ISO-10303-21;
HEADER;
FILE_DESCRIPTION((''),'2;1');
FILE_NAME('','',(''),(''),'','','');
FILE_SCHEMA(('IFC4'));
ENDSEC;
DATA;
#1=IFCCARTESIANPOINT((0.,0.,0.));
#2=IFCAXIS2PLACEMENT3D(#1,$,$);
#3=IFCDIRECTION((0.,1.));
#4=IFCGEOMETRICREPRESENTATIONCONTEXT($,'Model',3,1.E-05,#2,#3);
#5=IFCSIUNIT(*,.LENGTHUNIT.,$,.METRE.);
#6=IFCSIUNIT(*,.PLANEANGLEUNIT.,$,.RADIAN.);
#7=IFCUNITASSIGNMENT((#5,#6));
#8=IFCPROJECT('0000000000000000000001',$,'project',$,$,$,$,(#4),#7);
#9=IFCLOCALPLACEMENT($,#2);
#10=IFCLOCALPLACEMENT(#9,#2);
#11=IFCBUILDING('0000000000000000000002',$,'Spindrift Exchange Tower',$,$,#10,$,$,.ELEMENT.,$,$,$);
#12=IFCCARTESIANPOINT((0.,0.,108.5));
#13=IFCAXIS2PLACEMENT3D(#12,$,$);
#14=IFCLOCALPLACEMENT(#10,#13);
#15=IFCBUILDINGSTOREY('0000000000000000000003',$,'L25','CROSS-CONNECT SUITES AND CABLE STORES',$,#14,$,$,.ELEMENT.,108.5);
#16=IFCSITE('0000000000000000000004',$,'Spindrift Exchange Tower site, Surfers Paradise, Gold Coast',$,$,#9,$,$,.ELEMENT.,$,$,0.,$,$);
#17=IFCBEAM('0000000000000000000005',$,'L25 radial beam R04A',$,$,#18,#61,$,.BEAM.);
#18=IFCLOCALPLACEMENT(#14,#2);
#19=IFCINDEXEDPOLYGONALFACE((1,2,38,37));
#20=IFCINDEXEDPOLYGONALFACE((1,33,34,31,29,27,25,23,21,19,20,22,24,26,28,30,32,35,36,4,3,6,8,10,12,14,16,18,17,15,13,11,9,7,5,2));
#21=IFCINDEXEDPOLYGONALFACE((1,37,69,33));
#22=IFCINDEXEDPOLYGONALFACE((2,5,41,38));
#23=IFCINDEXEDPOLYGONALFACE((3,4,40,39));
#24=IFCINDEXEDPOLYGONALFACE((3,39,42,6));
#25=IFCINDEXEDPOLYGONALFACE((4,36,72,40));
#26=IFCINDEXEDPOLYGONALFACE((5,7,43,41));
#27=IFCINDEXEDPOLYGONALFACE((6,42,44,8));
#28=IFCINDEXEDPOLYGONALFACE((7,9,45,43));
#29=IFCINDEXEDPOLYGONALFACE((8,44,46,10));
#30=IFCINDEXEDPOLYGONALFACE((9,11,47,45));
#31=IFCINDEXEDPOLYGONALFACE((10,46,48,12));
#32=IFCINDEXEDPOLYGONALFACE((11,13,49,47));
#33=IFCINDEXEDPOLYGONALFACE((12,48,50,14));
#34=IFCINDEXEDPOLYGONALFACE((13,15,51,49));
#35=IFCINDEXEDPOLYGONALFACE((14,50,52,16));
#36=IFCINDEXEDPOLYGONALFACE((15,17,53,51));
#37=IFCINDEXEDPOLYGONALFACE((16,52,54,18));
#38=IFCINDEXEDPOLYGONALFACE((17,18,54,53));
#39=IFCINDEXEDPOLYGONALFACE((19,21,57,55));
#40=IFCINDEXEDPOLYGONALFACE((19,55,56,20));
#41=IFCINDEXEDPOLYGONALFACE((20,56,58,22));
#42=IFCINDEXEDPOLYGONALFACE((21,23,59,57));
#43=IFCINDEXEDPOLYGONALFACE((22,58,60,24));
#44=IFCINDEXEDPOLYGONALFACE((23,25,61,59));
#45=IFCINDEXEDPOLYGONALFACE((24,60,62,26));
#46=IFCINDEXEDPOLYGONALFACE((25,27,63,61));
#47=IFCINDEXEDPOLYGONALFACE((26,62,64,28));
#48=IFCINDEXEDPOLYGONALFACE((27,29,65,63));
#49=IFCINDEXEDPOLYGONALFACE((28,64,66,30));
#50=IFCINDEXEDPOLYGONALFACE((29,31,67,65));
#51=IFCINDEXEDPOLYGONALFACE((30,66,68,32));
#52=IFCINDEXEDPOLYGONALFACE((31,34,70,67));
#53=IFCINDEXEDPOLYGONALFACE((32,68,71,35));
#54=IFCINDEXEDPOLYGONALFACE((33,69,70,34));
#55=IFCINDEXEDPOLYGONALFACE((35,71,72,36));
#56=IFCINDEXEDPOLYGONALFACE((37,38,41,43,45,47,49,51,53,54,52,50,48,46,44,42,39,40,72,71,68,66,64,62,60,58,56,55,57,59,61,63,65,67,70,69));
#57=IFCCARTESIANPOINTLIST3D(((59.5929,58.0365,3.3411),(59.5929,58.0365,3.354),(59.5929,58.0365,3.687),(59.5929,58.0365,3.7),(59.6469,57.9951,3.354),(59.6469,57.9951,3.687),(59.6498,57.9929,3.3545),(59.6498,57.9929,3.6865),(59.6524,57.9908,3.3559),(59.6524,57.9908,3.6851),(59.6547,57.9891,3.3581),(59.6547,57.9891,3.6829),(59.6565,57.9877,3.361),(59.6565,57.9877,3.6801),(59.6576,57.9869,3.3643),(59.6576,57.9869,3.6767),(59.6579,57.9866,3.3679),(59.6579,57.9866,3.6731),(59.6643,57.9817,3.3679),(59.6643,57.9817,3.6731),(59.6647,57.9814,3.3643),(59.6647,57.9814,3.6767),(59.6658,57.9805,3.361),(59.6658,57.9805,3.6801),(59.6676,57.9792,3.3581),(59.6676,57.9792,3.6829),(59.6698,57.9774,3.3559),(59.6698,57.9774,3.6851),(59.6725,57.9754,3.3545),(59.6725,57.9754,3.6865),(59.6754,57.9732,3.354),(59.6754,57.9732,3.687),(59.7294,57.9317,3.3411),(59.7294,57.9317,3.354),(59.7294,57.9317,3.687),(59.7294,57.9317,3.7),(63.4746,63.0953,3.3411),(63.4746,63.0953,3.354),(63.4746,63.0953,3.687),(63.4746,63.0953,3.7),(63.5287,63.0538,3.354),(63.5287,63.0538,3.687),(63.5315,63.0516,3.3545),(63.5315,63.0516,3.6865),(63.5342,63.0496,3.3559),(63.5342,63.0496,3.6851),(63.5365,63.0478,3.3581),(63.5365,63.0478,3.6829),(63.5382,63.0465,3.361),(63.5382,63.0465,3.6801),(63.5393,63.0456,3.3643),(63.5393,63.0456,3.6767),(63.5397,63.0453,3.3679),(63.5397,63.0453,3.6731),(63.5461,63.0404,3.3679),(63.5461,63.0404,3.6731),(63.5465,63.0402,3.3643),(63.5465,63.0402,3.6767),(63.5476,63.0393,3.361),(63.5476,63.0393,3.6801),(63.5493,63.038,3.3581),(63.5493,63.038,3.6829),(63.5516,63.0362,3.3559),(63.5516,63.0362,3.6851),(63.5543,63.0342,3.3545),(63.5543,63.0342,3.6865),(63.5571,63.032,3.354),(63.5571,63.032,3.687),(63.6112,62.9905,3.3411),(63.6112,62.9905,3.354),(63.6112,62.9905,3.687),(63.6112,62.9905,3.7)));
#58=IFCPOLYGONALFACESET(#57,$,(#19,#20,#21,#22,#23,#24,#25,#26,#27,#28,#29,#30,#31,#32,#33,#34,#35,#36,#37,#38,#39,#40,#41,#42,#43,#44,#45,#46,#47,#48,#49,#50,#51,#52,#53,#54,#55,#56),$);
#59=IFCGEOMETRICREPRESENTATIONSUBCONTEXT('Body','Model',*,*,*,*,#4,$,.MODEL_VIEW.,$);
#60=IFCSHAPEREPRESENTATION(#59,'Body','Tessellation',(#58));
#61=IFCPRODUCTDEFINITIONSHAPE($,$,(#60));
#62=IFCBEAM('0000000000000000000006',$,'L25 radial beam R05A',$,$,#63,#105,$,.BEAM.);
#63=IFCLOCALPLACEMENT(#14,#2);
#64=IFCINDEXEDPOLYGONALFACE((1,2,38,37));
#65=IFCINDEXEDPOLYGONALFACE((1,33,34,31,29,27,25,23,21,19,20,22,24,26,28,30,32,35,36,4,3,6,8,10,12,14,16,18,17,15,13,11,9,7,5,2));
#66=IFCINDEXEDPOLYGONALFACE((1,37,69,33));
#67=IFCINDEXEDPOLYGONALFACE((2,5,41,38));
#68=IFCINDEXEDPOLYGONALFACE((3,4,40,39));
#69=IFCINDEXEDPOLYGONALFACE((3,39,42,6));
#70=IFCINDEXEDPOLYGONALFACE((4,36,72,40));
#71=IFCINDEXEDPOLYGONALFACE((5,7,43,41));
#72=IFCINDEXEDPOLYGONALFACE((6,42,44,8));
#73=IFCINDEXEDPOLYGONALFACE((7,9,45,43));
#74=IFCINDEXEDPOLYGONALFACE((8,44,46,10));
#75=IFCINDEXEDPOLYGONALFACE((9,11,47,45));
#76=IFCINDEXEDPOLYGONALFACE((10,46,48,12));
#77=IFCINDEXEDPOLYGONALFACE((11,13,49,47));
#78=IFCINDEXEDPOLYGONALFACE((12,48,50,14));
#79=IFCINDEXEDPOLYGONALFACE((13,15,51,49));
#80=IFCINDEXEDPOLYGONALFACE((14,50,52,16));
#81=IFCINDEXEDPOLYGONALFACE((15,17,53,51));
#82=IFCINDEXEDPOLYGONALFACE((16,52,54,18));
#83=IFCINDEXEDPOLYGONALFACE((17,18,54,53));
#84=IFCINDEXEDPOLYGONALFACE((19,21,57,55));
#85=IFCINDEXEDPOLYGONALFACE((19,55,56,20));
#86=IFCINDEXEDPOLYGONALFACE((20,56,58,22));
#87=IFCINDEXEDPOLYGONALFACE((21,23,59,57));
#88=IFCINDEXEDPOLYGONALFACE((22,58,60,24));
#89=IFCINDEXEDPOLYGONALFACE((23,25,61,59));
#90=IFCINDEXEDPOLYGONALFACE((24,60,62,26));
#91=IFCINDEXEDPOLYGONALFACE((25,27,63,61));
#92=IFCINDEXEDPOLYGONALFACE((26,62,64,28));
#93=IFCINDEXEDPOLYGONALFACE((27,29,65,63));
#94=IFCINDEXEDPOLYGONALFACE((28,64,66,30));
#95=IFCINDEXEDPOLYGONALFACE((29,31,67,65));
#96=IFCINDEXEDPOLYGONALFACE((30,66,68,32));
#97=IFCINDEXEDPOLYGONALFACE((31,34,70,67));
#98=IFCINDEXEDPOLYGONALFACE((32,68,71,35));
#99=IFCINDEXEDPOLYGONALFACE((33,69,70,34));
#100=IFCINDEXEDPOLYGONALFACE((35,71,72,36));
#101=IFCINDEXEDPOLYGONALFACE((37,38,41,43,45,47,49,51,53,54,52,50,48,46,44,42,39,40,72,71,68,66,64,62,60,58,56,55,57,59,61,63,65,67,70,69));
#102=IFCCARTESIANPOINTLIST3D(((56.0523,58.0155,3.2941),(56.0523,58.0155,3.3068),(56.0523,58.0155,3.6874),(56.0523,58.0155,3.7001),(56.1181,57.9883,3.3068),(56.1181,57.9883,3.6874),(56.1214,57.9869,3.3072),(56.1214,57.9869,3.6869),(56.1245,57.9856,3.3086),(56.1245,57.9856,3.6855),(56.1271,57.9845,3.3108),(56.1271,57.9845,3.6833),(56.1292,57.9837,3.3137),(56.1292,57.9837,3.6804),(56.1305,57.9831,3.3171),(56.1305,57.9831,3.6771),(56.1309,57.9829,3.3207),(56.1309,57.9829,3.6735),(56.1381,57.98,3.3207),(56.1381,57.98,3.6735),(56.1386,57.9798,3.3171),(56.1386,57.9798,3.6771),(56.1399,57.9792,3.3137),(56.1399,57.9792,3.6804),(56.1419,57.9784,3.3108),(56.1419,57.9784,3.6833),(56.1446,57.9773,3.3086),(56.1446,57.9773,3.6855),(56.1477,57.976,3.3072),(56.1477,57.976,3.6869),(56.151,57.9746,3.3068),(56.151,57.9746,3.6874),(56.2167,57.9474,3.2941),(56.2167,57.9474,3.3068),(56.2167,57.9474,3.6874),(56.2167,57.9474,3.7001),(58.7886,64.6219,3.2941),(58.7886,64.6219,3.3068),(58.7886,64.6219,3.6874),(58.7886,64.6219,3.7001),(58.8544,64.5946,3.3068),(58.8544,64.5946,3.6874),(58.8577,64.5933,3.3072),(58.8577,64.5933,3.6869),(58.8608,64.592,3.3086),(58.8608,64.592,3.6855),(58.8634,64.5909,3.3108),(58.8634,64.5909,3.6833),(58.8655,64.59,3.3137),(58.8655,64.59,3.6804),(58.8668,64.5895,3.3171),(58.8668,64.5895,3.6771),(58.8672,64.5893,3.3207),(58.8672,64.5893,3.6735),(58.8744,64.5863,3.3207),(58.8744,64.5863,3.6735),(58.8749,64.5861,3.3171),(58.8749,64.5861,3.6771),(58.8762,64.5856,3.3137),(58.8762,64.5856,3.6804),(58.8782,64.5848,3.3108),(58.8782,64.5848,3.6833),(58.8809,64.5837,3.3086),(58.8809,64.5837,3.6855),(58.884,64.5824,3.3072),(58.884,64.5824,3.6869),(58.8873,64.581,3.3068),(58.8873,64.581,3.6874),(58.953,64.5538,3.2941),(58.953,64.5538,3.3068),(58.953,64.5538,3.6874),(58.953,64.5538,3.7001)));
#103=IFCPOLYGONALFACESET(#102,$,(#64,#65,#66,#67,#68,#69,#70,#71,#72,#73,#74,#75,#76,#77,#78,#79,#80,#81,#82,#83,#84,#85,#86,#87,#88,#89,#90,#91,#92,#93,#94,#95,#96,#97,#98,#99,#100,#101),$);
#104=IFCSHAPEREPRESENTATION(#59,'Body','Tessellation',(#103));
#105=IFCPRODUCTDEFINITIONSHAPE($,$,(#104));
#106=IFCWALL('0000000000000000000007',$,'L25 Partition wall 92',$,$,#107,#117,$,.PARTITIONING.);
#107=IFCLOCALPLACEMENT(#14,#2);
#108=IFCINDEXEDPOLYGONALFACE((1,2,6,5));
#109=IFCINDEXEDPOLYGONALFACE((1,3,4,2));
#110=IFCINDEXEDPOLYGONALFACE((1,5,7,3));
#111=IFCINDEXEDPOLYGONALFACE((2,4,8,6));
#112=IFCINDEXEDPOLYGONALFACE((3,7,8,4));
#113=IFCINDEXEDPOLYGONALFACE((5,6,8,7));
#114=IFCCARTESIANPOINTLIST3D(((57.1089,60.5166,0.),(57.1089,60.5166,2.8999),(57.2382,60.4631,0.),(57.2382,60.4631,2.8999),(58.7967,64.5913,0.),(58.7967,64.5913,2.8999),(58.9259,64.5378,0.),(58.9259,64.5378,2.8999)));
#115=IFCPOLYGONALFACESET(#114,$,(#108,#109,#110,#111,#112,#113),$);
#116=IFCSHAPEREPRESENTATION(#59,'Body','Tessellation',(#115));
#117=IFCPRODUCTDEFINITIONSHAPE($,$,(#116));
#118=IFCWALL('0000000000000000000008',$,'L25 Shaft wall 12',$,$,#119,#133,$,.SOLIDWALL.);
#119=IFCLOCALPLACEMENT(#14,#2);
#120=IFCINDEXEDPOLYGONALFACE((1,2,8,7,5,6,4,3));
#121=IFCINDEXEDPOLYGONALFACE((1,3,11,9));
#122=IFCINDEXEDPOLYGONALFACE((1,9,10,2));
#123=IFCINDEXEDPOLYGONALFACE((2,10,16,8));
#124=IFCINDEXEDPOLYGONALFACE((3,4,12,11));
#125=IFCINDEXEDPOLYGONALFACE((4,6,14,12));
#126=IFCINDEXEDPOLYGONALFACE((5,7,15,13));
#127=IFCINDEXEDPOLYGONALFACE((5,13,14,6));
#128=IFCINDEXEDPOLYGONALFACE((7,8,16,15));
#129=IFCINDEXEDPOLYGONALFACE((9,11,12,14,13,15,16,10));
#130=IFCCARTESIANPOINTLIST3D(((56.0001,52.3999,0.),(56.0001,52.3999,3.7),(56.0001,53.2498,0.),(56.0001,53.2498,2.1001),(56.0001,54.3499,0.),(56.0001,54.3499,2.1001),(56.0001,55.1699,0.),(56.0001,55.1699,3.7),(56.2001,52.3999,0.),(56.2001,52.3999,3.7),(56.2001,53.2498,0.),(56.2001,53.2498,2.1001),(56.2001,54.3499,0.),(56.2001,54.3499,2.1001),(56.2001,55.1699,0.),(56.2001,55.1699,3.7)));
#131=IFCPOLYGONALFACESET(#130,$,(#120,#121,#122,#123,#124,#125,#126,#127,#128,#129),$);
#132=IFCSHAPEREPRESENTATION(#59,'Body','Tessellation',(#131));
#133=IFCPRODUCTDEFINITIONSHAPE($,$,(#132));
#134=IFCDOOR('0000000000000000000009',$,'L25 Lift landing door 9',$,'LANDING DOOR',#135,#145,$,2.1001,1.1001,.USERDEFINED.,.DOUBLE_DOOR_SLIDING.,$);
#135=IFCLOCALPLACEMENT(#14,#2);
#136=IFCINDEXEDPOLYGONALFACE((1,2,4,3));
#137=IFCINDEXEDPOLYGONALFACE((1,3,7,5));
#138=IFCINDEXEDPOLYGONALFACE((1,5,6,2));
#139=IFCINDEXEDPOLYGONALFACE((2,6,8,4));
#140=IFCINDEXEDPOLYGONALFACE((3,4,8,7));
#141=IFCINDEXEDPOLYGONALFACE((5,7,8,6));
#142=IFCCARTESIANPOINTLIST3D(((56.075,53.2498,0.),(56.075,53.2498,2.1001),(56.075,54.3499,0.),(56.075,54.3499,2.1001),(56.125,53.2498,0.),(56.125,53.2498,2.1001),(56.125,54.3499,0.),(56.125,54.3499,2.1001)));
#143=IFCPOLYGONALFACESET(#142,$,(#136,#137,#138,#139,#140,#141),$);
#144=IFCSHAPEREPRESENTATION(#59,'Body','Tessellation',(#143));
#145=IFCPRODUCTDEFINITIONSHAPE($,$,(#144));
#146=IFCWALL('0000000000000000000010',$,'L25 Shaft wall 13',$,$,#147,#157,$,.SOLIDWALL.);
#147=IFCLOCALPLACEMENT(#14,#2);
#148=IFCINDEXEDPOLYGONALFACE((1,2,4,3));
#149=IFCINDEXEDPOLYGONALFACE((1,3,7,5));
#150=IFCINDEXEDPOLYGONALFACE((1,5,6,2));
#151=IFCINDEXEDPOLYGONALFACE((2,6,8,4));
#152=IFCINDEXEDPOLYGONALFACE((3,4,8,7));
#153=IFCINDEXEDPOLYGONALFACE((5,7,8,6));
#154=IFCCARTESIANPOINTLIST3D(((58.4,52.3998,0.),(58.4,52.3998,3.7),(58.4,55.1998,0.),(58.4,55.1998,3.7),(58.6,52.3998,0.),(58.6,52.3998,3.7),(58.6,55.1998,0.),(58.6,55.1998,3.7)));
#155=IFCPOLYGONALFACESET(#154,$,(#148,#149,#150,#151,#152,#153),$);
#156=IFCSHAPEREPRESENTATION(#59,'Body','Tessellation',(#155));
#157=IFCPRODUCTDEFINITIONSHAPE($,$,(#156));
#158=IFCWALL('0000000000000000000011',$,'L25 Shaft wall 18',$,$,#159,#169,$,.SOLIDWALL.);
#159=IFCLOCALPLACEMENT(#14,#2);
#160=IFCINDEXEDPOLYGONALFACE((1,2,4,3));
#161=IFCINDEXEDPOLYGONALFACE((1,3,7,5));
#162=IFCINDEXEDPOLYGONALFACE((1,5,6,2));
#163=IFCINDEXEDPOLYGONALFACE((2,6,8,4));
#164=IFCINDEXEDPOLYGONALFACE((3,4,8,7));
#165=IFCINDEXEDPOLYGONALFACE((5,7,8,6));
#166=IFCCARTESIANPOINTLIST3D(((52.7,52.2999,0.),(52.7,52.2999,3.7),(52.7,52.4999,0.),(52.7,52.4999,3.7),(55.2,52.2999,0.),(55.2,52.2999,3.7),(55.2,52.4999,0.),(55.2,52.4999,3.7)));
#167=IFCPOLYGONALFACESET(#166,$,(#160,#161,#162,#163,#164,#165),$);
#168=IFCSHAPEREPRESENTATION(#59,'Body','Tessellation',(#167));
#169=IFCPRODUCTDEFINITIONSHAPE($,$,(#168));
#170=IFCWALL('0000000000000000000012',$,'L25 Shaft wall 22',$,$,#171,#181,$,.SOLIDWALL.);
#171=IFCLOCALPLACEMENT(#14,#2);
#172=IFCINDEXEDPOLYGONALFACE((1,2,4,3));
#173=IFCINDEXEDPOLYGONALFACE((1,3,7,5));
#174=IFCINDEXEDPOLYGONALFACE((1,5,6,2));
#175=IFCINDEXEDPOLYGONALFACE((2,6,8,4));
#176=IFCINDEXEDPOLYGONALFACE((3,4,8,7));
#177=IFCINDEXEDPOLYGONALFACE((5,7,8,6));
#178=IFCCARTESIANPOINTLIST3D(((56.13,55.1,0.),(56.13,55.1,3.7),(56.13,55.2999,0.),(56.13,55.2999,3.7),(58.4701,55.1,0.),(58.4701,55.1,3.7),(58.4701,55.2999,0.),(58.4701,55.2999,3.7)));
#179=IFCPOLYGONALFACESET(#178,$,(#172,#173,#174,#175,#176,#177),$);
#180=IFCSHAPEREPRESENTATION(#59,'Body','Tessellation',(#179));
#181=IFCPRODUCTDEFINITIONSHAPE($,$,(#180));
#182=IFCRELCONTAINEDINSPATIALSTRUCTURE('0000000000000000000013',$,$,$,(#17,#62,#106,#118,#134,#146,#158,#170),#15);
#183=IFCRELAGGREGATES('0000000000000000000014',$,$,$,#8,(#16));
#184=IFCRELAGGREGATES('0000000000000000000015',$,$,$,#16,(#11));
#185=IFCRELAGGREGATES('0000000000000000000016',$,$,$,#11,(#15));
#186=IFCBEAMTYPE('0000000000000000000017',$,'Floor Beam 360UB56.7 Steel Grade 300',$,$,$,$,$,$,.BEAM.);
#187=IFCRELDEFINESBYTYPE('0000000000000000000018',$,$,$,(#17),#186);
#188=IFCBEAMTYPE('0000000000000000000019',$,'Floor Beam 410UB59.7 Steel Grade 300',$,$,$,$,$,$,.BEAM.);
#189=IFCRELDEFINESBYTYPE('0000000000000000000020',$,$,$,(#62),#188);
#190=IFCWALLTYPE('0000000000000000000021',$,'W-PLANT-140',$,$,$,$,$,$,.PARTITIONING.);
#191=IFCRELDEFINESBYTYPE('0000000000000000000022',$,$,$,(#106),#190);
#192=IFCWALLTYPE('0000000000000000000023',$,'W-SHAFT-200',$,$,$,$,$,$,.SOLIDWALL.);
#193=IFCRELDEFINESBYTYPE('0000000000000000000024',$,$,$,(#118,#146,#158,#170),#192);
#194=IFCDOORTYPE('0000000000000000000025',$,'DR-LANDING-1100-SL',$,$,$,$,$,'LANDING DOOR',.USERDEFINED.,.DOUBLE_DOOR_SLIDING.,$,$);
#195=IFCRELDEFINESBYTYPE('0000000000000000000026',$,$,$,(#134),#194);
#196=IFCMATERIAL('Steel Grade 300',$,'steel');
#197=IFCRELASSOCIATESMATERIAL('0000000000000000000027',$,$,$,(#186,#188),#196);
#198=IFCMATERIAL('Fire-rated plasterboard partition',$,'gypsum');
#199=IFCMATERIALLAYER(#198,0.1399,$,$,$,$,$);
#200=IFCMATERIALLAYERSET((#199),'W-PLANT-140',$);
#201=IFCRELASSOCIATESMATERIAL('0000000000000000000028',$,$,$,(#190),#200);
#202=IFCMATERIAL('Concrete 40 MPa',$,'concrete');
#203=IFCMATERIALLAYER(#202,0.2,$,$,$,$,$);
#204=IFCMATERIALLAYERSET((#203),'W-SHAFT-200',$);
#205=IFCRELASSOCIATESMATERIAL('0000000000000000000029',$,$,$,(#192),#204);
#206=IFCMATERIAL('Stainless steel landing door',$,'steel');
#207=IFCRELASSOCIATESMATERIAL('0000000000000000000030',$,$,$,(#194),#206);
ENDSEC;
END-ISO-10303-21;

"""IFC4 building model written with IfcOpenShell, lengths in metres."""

from ifc_helpers import new_model, si_unit, direction, frame, frame_2d, origin, origin_2d, place, context, subcontext, project, spatial, rectangle, i_section, extrude, source, transform, mapped, material, layer, layer_set, material_profile, profile_set, type_object, element, fill, save


model = new_model("IFC4")

# Units and contexts
model_context = context("Model", 3, precision=1e-05, world=origin(), true_north=direction((0.0, 1.0)))
body_context = subcontext(model_context, "Body", "Model", "MODEL_VIEW")
ifc_project = project(units=[si_unit("LENGTHUNIT", "METRE"), si_unit("PLANEANGLEUNIT", "RADIAN")], contexts=[model_context])

# Site, building, storey
site_placement = place(None, origin())
site = spatial("IfcSite", under=ifc_project, at=site_placement, Name="Spindrift Exchange Tower site, Surfers Paradise, Gold Coast", CompositionType="ELEMENT", RefElevation=0.0)
building_placement = place(site_placement, origin())
building = spatial("IfcBuilding", under=site, at=building_placement, Name="Spindrift Exchange Tower", CompositionType="ELEMENT")
storey_placement = place(building_placement, frame((0.0, 0.0, 108.5)))
storey = spatial("IfcBuildingStorey", under=building, at=storey_placement, Name="L25", Description="CROSS-CONNECT SUITES AND CABLE STORES", CompositionType="ELEMENT", Elevation=108.5)

# Beams
ifc_material_1 = material(Name="Steel Grade 300", Category="steel")
ifc_material_profile_1 = material_profile(ifc_material_1, i_section(OverallWidth=0.1721, OverallDepth=0.3589, WebThickness=0.0081, FlangeThickness=0.0129, FilletRadius=0.0139, at=origin_2d()), Name="360UB56.7")
ifc_profile_set_1 = profile_set([ifc_material_profile_1], Name="Steel Grade 300")
beam_type_1 = type_object("IfcBeamType", Name="Floor Beam 360UB56.7 Steel Grade 300", PredefinedType="BEAM", material=ifc_profile_set_1)
shared_shape_1 = source(origin(), body_context, "Body", "SweptSolid", [
    extrude(i_section(OverallWidth=0.1721, OverallDepth=0.3589, WebThickness=0.0081, FlangeThickness=0.0129, FilletRadius=0.0139, at=origin_2d()), origin(), (0.0, 0.0, 1.0), 6.3765),
])
beam_1_placement = place(storey_placement, frame((59.6611, 57.9841, 3.5205), z_axis=(0.608767, 0.793349, 0.0), x_axis=(-0.793349, 0.608767, 0.0)))
element("IfcBeam", 1, at=beam_1_placement, inside=storey, type_object=beam_type_1, Name="L25 radial beam R04A", PredefinedType="BEAM", context=body_context, shape_type="MappedRepresentation", body=[
    mapped(shared_shape_1, transform((0.0, 0.0, 0.0), scale=1.0)),
])
ifc_material_profile_2 = material_profile(ifc_material_1, i_section(OverallWidth=0.178, OverallDepth=0.406, WebThickness=0.0078, FlangeThickness=0.0127, FilletRadius=0.0139, at=origin_2d()), Name="410UB59.7")
ifc_profile_set_2 = profile_set([ifc_material_profile_2], Name="Steel Grade 300")
beam_type_2 = type_object("IfcBeamType", Name="Floor Beam 410UB59.7 Steel Grade 300", PredefinedType="BEAM", material=ifc_profile_set_2)
shared_shape_2 = source(origin(), body_context, "Body", "SweptSolid", [
    extrude(i_section(OverallWidth=0.178, OverallDepth=0.406, WebThickness=0.0078, FlangeThickness=0.0127, FilletRadius=0.0139, at=origin_2d()), origin(), (0.0, 0.0, 1.0), 7.1506),
])
beam_2_placement = place(storey_placement, frame((56.1345, 57.9814, 3.4971), z_axis=(0.382665, 0.923887, 0.0), x_axis=(-0.923887, 0.382665, 0.0)))
element("IfcBeam", 2, at=beam_2_placement, inside=storey, type_object=beam_type_2, Name="L25 radial beam R05A", PredefinedType="BEAM", context=body_context, shape_type="MappedRepresentation", body=[
    mapped(shared_shape_2, transform((0.0, 0.0, 0.0), scale=1.0)),
])

# Wall
ifc_material_2 = material(Name="Fire-rated plasterboard partition", Category="gypsum")
ifc_layer_1 = layer(ifc_material_2, 0.1399)
ifc_layer_set_1 = layer_set([ifc_layer_1], Name="W-PLANT-140")
wall_type_1 = type_object("IfcWallType", Name="W-PLANT-140", PredefinedType="PARTITIONING", material=ifc_layer_set_1)
wall_1_placement = place(storey_placement, frame((57.1736, 60.49, 0.0), z_axis=(0.0, 0.0, 1.0), x_axis=(0.382673, 0.923884, 0.0)))
element("IfcWall", 3, at=wall_1_placement, inside=storey, type_object=wall_type_1, Name="L25 Partition wall 92", PredefinedType="PARTITIONING", context=body_context, shape_type="SweptSolid", body=[
    extrude(rectangle(XDim=4.4104, YDim=0.1399, at=frame_2d((2.2051, 0.0))), origin(), (0.0, 0.0, 1.0), 2.8999),
])

# Wall, opening, door
ifc_material_3 = material(Name="Concrete 40 MPa", Category="concrete")
ifc_layer_2 = layer(ifc_material_3, 0.2)
ifc_layer_set_2 = layer_set([ifc_layer_2], Name="W-SHAFT-200")
wall_type_2 = type_object("IfcWallType", Name="W-SHAFT-200", PredefinedType="SOLIDWALL", material=ifc_layer_set_2)
wall_2_placement = place(storey_placement, frame((56.1001, 55.1699, 0.0), z_axis=(0.0, 0.0, 1.0), x_axis=(0.0, -1.0, 0.0)))
wall_2 = element("IfcWall", 4, at=wall_2_placement, inside=storey, type_object=wall_type_2, Name="L25 Shaft wall 12", PredefinedType="SOLIDWALL", context=body_context, shape_type="SweptSolid", body=[
    extrude(rectangle(XDim=2.77, YDim=0.2, at=frame_2d((1.385, 0.0))), origin(), (0.0, 0.0, 1.0), 3.7),
])
opening_1_placement = place(wall_2_placement, frame((0.8201, 0.0, 0.0)))
opening_1 = element("IfcOpeningElement", 5, at=opening_1_placement, cuts=wall_2, PredefinedType="OPENING", context=body_context, shape_type="SweptSolid", body=[
    extrude(rectangle(XDim=1.1001, YDim=2.1001, at=frame_2d((0.55, 1.05))), frame((0.0, 0.1099, 0.0), z_axis=(0.0, -1.0, 0.0), x_axis=(1.0, 0.0, 0.0)), (0.0, 0.0, 1.0), 0.22),
])
ifc_material_4 = material(Name="Stainless steel landing door", Category="steel")
door_type_1 = type_object("IfcDoorType", Name="DR-LANDING-1100-SL", ElementType="LANDING DOOR", OperationType="DOUBLE_DOOR_SLIDING", PredefinedType="USERDEFINED", material=ifc_material_4)
shared_shape_3 = source(origin(), body_context, "Body", "SweptSolid", [
    extrude(rectangle(XDim=1.1001, YDim=2.1001, at=frame_2d((0.55, 1.05))), frame((0.0, 0.0249, 0.0), z_axis=(0.0, -1.0, 0.0), x_axis=(1.0, 0.0, 0.0)), (0.0, 0.0, 1.0), 0.05),
])
door_1_placement = place(opening_1_placement, origin())
door_1 = element("IfcDoor", 6, at=door_1_placement, inside=storey, type_object=door_type_1, Name="L25 Lift landing door 9", ObjectType="LANDING DOOR", OperationType="DOUBLE_DOOR_SLIDING", OverallHeight=2.1001, OverallWidth=1.1001, PredefinedType="USERDEFINED", context=body_context, shape_type="MappedRepresentation", body=[
    mapped(shared_shape_3, transform((0.0, 0.0, 0.0), scale=1.0)),
])
fill(opening_1, door_1)

# Walls
wall_3_placement = place(storey_placement, frame((58.5, 52.3999, 0.0), z_axis=(0.0, 0.0, 1.0), x_axis=(0.0, 1.0, 0.0)))
element("IfcWall", 7, at=wall_3_placement, inside=storey, type_object=wall_type_2, Name="L25 Shaft wall 13", PredefinedType="SOLIDWALL", context=body_context, shape_type="SweptSolid", body=[
    extrude(rectangle(XDim=2.8, YDim=0.2, at=frame_2d((1.3999, 0.0))), origin(), (0.0, 0.0, 1.0), 3.7),
])
wall_4_placement = place(storey_placement, frame((55.2, 52.3999, 0.0), z_axis=(0.0, 0.0, 1.0), x_axis=(-1.0, 0.0, 0.0)))
element("IfcWall", 8, at=wall_4_placement, inside=storey, type_object=wall_type_2, Name="L25 Shaft wall 18", PredefinedType="SOLIDWALL", context=body_context, shape_type="SweptSolid", body=[
    extrude(rectangle(XDim=2.5, YDim=0.2, at=frame_2d((1.25, 0.0))), origin(), (0.0, 0.0, 1.0), 3.7),
])
wall_5_placement = place(storey_placement, frame((58.47, 55.2, 0.0), z_axis=(0.0, 0.0, 1.0), x_axis=(-1.0, 0.0, 0.0)))
element("IfcWall", 9, at=wall_5_placement, inside=storey, type_object=wall_type_2, Name="L25 Shaft wall 22", PredefinedType="SOLIDWALL", context=body_context, shape_type="SweptSolid", body=[
    extrude(rectangle(XDim=2.3401, YDim=0.2, at=frame_2d((1.1699, 0.0))), origin(), (0.0, 0.0, 1.0), 3.7),
])

save(model, "model.ifc")
